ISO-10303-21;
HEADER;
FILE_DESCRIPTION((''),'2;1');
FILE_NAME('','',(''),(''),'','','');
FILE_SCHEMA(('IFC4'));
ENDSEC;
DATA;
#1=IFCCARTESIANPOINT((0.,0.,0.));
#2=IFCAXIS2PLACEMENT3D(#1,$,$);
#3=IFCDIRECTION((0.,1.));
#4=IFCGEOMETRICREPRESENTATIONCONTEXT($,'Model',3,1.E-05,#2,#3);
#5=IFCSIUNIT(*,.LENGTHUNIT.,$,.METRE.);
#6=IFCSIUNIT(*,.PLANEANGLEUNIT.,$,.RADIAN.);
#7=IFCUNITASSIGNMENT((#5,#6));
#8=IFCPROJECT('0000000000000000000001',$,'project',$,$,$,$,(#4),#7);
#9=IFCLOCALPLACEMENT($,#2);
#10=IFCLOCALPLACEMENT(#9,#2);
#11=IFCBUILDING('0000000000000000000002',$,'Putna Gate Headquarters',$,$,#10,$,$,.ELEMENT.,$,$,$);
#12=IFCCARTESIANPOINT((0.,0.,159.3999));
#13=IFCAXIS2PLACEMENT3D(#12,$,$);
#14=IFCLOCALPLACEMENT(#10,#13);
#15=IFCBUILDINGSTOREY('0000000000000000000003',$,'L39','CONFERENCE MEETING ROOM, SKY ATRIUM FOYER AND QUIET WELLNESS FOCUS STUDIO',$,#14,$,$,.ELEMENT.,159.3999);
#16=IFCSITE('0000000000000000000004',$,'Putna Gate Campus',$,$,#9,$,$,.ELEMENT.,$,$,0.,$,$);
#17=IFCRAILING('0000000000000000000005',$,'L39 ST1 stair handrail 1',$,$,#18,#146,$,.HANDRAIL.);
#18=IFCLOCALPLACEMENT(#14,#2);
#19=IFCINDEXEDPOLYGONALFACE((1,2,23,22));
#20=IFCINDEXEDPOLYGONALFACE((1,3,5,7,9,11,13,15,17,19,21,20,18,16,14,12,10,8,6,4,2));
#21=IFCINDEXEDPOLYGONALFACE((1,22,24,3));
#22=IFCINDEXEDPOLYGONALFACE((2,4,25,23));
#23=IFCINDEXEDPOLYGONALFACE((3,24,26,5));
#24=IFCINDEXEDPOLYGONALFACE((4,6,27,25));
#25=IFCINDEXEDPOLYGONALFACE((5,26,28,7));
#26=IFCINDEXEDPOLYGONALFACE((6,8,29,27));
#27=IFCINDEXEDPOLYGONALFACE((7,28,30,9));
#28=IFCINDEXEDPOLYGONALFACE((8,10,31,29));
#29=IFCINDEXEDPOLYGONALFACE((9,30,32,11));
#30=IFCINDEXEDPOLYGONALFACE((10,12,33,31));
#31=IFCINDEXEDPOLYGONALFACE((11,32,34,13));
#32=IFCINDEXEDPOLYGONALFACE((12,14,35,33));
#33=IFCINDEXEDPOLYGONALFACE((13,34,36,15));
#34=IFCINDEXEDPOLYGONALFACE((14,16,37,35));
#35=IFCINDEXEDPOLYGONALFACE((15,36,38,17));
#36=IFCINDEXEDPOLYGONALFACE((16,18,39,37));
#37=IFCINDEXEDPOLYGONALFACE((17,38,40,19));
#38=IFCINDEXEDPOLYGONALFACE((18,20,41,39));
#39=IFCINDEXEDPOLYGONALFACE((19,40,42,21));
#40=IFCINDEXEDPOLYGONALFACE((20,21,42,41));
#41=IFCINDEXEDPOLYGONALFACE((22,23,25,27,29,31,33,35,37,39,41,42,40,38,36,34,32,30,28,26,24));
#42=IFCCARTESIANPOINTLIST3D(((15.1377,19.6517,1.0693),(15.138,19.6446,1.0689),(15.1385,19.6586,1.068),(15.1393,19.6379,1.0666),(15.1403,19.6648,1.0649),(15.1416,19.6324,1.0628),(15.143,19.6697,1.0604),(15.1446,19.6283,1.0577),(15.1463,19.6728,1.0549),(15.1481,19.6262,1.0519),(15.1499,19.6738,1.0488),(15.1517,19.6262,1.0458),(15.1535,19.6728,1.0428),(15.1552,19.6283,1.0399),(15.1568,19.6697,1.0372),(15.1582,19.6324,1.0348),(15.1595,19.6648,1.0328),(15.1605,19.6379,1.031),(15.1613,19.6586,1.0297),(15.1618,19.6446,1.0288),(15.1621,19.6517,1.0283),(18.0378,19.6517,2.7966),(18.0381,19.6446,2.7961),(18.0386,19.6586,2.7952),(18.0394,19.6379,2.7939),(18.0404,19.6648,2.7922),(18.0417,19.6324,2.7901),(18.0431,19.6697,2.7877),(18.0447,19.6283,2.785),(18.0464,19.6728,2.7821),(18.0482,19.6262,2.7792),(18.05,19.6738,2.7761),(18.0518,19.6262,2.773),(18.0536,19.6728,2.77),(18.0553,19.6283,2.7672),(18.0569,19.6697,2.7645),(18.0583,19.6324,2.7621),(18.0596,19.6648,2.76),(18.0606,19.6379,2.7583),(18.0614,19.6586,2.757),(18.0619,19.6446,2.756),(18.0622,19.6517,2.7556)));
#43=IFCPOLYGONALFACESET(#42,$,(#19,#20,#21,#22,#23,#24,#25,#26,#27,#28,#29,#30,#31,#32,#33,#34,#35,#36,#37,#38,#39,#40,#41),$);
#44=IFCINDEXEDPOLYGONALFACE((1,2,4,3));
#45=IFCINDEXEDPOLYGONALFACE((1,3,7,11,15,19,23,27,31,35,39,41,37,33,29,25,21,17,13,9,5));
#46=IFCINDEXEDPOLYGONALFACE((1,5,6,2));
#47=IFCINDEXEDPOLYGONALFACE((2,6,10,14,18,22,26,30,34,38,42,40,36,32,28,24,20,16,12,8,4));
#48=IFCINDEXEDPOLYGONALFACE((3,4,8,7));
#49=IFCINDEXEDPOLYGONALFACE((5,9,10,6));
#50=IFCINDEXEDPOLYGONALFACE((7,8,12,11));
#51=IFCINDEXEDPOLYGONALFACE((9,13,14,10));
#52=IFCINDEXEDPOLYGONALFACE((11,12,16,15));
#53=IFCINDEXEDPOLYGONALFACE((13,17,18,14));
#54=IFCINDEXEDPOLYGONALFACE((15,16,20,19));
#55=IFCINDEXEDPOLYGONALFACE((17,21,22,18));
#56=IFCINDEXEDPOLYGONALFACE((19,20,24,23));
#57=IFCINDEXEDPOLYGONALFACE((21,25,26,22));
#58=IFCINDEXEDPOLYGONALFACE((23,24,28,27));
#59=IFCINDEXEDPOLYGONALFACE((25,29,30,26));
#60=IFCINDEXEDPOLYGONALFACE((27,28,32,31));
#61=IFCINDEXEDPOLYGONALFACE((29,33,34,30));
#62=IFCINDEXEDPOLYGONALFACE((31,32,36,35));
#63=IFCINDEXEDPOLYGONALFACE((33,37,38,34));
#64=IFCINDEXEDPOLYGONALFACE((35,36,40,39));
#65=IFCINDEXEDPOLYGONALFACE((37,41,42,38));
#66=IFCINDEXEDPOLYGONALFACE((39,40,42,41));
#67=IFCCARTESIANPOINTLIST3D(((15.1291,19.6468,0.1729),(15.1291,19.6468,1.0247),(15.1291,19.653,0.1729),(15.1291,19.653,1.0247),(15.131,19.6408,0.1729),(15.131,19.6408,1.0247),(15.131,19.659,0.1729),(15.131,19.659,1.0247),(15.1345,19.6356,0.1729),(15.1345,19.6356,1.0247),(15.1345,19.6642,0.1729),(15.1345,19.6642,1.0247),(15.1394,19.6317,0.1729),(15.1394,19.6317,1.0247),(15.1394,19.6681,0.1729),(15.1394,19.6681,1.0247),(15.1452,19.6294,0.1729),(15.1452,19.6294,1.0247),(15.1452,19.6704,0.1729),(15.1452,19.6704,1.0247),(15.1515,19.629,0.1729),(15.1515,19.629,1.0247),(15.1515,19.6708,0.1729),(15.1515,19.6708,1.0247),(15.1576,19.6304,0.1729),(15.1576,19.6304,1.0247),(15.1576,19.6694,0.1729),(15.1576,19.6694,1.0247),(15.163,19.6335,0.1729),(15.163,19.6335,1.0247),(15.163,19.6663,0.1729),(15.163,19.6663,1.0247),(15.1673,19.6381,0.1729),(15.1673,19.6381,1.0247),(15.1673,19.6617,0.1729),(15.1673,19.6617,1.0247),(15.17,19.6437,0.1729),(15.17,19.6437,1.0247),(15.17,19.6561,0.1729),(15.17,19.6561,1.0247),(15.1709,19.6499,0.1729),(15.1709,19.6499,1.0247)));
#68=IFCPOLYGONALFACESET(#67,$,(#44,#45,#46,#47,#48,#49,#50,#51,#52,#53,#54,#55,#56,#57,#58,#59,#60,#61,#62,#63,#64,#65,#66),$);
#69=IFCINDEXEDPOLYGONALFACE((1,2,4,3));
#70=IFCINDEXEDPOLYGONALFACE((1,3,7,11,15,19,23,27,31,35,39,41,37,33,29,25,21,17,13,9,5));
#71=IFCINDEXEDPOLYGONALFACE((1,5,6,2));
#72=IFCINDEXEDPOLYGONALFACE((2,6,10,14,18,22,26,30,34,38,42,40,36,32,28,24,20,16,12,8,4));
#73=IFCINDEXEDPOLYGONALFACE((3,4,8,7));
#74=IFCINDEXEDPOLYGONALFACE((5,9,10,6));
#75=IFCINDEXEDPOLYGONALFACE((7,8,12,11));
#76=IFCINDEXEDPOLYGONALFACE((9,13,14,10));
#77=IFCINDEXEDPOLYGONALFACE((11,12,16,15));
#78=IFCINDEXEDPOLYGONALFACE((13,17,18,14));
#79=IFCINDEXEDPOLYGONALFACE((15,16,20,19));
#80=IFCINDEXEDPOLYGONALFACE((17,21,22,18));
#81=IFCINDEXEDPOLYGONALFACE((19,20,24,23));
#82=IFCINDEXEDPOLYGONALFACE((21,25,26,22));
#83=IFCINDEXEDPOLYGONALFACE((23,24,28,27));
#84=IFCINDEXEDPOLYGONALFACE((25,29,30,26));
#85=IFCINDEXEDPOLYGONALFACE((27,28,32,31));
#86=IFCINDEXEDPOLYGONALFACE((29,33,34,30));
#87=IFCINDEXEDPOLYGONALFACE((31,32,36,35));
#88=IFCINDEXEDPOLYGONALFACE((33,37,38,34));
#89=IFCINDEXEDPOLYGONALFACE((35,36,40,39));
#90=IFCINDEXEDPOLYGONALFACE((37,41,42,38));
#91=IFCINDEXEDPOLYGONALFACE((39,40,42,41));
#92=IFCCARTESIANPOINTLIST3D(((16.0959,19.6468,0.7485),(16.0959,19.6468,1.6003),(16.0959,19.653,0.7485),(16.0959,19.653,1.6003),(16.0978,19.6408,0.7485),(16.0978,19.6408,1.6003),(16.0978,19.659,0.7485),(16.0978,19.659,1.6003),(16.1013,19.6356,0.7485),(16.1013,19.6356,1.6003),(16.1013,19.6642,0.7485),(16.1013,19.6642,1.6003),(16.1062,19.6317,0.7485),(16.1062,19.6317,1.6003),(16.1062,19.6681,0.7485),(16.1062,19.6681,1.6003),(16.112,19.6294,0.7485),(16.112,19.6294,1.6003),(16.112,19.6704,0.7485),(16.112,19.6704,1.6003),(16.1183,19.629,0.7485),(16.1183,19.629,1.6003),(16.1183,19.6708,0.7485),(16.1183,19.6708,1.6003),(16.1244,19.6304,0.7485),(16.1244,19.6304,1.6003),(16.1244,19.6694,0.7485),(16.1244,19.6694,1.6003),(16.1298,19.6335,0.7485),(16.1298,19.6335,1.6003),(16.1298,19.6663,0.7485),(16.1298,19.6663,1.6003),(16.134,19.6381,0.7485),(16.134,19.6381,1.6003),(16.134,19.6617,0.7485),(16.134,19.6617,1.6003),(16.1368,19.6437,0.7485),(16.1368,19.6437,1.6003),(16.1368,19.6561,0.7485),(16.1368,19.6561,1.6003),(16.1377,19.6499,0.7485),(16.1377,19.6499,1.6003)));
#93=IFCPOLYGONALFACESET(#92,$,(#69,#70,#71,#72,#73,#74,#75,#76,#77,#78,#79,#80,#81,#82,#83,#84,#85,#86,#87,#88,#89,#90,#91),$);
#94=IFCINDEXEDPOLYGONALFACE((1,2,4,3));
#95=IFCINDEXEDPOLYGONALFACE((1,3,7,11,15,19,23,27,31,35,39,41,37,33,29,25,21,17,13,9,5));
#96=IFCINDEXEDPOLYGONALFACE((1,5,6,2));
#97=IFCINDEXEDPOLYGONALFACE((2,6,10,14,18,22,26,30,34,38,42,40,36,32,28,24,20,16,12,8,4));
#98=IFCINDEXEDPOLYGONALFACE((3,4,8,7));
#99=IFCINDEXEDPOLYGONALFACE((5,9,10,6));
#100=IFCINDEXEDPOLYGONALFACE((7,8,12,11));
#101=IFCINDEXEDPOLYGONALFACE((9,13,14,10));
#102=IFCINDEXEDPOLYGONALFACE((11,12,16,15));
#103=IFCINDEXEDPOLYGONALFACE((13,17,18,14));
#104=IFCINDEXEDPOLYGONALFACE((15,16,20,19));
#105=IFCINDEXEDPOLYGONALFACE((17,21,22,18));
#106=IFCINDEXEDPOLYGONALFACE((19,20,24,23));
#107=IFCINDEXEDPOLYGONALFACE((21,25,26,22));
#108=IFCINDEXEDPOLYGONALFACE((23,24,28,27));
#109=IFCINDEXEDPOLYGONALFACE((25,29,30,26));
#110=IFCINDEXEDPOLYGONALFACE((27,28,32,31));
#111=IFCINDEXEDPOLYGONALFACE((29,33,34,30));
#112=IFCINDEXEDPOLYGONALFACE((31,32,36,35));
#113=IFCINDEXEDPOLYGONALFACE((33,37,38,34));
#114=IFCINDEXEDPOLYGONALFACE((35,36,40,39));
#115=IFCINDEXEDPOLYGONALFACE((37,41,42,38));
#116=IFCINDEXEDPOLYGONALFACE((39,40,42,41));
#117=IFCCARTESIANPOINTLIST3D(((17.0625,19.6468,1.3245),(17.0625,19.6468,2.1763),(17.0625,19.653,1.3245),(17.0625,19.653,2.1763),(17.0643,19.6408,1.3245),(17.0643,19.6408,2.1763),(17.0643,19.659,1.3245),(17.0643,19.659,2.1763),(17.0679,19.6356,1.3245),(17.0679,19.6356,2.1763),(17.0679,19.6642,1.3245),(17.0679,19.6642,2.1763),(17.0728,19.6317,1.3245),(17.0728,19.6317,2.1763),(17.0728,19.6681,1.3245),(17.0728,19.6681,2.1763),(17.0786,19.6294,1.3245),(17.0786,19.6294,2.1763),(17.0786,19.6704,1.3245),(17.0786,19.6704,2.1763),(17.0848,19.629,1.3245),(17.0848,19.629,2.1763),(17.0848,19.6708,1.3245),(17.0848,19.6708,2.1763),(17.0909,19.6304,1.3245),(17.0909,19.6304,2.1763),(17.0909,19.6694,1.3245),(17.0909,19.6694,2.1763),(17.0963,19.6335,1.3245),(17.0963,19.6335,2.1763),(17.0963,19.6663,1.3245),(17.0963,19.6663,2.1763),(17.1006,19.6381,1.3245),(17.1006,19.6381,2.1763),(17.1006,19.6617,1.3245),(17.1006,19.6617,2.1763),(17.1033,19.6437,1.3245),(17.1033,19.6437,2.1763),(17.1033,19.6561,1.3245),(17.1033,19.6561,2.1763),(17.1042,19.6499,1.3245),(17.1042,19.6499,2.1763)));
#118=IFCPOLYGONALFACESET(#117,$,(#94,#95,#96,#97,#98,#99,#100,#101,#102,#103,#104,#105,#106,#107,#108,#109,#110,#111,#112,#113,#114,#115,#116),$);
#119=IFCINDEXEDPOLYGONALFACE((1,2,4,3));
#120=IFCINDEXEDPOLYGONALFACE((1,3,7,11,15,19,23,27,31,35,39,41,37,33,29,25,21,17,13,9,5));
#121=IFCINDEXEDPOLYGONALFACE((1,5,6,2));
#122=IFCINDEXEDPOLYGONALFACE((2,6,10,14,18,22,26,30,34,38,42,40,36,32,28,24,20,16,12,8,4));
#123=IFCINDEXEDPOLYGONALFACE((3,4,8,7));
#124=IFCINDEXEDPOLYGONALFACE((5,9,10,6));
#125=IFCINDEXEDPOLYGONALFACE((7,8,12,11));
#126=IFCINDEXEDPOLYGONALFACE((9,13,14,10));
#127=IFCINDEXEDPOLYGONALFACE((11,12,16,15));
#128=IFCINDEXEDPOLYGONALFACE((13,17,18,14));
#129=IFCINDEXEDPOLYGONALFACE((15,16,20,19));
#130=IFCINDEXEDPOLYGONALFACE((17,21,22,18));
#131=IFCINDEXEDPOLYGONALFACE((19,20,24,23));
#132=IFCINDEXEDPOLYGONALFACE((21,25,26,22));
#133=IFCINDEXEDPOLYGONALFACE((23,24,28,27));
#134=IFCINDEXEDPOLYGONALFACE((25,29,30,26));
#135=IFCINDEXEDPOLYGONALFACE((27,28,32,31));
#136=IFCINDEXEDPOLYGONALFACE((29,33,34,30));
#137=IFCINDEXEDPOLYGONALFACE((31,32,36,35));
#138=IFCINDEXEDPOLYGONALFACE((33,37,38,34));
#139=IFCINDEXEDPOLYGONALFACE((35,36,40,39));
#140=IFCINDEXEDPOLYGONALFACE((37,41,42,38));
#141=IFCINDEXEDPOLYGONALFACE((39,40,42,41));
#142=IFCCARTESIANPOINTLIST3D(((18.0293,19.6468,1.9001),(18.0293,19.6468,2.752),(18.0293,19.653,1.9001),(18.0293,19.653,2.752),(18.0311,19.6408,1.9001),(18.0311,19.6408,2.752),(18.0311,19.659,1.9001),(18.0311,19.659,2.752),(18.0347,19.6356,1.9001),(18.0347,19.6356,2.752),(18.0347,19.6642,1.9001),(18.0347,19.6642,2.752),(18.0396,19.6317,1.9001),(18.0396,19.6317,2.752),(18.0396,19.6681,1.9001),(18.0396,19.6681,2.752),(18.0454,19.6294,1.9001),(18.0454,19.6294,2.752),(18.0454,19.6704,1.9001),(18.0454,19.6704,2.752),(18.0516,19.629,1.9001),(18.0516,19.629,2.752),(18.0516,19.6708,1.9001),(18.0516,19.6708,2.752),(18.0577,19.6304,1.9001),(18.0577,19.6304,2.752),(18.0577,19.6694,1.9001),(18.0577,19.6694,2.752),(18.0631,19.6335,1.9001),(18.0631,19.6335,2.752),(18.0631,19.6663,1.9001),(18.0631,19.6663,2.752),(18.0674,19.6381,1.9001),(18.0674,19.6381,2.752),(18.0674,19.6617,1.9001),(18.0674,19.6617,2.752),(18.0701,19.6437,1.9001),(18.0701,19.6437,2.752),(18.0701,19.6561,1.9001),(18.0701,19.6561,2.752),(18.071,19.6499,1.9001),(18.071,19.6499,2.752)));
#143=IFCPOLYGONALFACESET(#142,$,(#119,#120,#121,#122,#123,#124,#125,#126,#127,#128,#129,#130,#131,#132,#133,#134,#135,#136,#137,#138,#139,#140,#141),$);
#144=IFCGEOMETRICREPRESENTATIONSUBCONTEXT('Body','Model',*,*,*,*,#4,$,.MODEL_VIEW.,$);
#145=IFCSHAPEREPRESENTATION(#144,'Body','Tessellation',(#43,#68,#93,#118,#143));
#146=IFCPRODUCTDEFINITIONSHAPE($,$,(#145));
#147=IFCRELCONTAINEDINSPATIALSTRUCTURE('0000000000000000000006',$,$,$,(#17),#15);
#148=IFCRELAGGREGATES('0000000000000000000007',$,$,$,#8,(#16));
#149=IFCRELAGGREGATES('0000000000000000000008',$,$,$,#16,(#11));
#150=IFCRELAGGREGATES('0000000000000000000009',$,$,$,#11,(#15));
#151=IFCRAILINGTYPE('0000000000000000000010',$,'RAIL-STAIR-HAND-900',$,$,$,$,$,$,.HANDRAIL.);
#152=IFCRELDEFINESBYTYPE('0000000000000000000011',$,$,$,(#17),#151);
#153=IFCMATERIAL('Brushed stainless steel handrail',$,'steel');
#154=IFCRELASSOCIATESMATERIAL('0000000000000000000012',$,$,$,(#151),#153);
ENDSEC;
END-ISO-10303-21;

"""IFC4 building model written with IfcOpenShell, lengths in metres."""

from ifc_helpers import new_model, si_unit, direction, frame, origin, origin_2d, place, context, subcontext, project, spatial, circle, extrude, material, type_object, element, save


model = new_model("IFC4")

# Units and contexts
model_context = context("Model", 3, precision=1e-05, world=origin(), true_north=direction((0.0, 1.0)))
body_context = subcontext(model_context, "Body", "Model", "MODEL_VIEW")
ifc_project = project(units=[si_unit("LENGTHUNIT", "METRE"), si_unit("PLANEANGLEUNIT", "RADIAN")], contexts=[model_context])

# Site, building, storey
site_placement = place(None, origin())
site = spatial("IfcSite", under=ifc_project, at=site_placement, Name="Putna Gate Campus", CompositionType="ELEMENT", RefElevation=0.0)
building_placement = place(site_placement, origin())
building = spatial("IfcBuilding", under=site, at=building_placement, Name="Putna Gate Headquarters", CompositionType="ELEMENT")
storey_placement = place(building_placement, frame((0.0, 0.0, 159.3999)))
storey = spatial("IfcBuildingStorey", under=building, at=storey_placement, Name="L39", Description="CONFERENCE MEETING ROOM, SKY ATRIUM FOYER AND QUIET WELLNESS FOCUS STUDIO", CompositionType="ELEMENT", Elevation=159.3999)

# Railing
ifc_material_1 = material(Name="Brushed stainless steel handrail", Category="steel")
railing_type_1 = type_object("IfcRailingType", Name="RAIL-STAIR-HAND-900", PredefinedType="HANDRAIL", material=ifc_material_1)
railing_1_placement = place(storey_placement, frame((15.1499, 19.6499, 0.1729)))
element("IfcRailing", 1, at=railing_1_placement, inside=storey, type_object=railing_type_1, Name="L39 ST1 stair handrail 1", PredefinedType="HANDRAIL", context=body_context, shape_type="SweptSolid", body=[
    extrude(circle(Radius=0.0239, at=origin_2d()), frame((0.0, 0.0, 0.876), z_axis=(0.85916, 0.0, 0.511706), x_axis=(0.0, 1.0, 0.0)), (0.0, 0.0, 1.0), 3.3755),
    extrude(circle(Radius=0.021, at=origin_2d()), origin(), (0.0, 0.0, 1.0), 0.8518),
    extrude(circle(Radius=0.021, at=origin_2d()), frame((0.9668, 0.0, 0.5757)), (0.0, 0.0, 1.0), 0.8518),
    extrude(circle(Radius=0.021, at=origin_2d()), frame((1.9333, 0.0, 1.1516)), (0.0, 0.0, 1.0), 0.8518),
    extrude(circle(Radius=0.021, at=origin_2d()), frame((2.9001, 0.0, 1.7273)), (0.0, 0.0, 1.0), 0.8518),
])

save(model, "model.ifc")
